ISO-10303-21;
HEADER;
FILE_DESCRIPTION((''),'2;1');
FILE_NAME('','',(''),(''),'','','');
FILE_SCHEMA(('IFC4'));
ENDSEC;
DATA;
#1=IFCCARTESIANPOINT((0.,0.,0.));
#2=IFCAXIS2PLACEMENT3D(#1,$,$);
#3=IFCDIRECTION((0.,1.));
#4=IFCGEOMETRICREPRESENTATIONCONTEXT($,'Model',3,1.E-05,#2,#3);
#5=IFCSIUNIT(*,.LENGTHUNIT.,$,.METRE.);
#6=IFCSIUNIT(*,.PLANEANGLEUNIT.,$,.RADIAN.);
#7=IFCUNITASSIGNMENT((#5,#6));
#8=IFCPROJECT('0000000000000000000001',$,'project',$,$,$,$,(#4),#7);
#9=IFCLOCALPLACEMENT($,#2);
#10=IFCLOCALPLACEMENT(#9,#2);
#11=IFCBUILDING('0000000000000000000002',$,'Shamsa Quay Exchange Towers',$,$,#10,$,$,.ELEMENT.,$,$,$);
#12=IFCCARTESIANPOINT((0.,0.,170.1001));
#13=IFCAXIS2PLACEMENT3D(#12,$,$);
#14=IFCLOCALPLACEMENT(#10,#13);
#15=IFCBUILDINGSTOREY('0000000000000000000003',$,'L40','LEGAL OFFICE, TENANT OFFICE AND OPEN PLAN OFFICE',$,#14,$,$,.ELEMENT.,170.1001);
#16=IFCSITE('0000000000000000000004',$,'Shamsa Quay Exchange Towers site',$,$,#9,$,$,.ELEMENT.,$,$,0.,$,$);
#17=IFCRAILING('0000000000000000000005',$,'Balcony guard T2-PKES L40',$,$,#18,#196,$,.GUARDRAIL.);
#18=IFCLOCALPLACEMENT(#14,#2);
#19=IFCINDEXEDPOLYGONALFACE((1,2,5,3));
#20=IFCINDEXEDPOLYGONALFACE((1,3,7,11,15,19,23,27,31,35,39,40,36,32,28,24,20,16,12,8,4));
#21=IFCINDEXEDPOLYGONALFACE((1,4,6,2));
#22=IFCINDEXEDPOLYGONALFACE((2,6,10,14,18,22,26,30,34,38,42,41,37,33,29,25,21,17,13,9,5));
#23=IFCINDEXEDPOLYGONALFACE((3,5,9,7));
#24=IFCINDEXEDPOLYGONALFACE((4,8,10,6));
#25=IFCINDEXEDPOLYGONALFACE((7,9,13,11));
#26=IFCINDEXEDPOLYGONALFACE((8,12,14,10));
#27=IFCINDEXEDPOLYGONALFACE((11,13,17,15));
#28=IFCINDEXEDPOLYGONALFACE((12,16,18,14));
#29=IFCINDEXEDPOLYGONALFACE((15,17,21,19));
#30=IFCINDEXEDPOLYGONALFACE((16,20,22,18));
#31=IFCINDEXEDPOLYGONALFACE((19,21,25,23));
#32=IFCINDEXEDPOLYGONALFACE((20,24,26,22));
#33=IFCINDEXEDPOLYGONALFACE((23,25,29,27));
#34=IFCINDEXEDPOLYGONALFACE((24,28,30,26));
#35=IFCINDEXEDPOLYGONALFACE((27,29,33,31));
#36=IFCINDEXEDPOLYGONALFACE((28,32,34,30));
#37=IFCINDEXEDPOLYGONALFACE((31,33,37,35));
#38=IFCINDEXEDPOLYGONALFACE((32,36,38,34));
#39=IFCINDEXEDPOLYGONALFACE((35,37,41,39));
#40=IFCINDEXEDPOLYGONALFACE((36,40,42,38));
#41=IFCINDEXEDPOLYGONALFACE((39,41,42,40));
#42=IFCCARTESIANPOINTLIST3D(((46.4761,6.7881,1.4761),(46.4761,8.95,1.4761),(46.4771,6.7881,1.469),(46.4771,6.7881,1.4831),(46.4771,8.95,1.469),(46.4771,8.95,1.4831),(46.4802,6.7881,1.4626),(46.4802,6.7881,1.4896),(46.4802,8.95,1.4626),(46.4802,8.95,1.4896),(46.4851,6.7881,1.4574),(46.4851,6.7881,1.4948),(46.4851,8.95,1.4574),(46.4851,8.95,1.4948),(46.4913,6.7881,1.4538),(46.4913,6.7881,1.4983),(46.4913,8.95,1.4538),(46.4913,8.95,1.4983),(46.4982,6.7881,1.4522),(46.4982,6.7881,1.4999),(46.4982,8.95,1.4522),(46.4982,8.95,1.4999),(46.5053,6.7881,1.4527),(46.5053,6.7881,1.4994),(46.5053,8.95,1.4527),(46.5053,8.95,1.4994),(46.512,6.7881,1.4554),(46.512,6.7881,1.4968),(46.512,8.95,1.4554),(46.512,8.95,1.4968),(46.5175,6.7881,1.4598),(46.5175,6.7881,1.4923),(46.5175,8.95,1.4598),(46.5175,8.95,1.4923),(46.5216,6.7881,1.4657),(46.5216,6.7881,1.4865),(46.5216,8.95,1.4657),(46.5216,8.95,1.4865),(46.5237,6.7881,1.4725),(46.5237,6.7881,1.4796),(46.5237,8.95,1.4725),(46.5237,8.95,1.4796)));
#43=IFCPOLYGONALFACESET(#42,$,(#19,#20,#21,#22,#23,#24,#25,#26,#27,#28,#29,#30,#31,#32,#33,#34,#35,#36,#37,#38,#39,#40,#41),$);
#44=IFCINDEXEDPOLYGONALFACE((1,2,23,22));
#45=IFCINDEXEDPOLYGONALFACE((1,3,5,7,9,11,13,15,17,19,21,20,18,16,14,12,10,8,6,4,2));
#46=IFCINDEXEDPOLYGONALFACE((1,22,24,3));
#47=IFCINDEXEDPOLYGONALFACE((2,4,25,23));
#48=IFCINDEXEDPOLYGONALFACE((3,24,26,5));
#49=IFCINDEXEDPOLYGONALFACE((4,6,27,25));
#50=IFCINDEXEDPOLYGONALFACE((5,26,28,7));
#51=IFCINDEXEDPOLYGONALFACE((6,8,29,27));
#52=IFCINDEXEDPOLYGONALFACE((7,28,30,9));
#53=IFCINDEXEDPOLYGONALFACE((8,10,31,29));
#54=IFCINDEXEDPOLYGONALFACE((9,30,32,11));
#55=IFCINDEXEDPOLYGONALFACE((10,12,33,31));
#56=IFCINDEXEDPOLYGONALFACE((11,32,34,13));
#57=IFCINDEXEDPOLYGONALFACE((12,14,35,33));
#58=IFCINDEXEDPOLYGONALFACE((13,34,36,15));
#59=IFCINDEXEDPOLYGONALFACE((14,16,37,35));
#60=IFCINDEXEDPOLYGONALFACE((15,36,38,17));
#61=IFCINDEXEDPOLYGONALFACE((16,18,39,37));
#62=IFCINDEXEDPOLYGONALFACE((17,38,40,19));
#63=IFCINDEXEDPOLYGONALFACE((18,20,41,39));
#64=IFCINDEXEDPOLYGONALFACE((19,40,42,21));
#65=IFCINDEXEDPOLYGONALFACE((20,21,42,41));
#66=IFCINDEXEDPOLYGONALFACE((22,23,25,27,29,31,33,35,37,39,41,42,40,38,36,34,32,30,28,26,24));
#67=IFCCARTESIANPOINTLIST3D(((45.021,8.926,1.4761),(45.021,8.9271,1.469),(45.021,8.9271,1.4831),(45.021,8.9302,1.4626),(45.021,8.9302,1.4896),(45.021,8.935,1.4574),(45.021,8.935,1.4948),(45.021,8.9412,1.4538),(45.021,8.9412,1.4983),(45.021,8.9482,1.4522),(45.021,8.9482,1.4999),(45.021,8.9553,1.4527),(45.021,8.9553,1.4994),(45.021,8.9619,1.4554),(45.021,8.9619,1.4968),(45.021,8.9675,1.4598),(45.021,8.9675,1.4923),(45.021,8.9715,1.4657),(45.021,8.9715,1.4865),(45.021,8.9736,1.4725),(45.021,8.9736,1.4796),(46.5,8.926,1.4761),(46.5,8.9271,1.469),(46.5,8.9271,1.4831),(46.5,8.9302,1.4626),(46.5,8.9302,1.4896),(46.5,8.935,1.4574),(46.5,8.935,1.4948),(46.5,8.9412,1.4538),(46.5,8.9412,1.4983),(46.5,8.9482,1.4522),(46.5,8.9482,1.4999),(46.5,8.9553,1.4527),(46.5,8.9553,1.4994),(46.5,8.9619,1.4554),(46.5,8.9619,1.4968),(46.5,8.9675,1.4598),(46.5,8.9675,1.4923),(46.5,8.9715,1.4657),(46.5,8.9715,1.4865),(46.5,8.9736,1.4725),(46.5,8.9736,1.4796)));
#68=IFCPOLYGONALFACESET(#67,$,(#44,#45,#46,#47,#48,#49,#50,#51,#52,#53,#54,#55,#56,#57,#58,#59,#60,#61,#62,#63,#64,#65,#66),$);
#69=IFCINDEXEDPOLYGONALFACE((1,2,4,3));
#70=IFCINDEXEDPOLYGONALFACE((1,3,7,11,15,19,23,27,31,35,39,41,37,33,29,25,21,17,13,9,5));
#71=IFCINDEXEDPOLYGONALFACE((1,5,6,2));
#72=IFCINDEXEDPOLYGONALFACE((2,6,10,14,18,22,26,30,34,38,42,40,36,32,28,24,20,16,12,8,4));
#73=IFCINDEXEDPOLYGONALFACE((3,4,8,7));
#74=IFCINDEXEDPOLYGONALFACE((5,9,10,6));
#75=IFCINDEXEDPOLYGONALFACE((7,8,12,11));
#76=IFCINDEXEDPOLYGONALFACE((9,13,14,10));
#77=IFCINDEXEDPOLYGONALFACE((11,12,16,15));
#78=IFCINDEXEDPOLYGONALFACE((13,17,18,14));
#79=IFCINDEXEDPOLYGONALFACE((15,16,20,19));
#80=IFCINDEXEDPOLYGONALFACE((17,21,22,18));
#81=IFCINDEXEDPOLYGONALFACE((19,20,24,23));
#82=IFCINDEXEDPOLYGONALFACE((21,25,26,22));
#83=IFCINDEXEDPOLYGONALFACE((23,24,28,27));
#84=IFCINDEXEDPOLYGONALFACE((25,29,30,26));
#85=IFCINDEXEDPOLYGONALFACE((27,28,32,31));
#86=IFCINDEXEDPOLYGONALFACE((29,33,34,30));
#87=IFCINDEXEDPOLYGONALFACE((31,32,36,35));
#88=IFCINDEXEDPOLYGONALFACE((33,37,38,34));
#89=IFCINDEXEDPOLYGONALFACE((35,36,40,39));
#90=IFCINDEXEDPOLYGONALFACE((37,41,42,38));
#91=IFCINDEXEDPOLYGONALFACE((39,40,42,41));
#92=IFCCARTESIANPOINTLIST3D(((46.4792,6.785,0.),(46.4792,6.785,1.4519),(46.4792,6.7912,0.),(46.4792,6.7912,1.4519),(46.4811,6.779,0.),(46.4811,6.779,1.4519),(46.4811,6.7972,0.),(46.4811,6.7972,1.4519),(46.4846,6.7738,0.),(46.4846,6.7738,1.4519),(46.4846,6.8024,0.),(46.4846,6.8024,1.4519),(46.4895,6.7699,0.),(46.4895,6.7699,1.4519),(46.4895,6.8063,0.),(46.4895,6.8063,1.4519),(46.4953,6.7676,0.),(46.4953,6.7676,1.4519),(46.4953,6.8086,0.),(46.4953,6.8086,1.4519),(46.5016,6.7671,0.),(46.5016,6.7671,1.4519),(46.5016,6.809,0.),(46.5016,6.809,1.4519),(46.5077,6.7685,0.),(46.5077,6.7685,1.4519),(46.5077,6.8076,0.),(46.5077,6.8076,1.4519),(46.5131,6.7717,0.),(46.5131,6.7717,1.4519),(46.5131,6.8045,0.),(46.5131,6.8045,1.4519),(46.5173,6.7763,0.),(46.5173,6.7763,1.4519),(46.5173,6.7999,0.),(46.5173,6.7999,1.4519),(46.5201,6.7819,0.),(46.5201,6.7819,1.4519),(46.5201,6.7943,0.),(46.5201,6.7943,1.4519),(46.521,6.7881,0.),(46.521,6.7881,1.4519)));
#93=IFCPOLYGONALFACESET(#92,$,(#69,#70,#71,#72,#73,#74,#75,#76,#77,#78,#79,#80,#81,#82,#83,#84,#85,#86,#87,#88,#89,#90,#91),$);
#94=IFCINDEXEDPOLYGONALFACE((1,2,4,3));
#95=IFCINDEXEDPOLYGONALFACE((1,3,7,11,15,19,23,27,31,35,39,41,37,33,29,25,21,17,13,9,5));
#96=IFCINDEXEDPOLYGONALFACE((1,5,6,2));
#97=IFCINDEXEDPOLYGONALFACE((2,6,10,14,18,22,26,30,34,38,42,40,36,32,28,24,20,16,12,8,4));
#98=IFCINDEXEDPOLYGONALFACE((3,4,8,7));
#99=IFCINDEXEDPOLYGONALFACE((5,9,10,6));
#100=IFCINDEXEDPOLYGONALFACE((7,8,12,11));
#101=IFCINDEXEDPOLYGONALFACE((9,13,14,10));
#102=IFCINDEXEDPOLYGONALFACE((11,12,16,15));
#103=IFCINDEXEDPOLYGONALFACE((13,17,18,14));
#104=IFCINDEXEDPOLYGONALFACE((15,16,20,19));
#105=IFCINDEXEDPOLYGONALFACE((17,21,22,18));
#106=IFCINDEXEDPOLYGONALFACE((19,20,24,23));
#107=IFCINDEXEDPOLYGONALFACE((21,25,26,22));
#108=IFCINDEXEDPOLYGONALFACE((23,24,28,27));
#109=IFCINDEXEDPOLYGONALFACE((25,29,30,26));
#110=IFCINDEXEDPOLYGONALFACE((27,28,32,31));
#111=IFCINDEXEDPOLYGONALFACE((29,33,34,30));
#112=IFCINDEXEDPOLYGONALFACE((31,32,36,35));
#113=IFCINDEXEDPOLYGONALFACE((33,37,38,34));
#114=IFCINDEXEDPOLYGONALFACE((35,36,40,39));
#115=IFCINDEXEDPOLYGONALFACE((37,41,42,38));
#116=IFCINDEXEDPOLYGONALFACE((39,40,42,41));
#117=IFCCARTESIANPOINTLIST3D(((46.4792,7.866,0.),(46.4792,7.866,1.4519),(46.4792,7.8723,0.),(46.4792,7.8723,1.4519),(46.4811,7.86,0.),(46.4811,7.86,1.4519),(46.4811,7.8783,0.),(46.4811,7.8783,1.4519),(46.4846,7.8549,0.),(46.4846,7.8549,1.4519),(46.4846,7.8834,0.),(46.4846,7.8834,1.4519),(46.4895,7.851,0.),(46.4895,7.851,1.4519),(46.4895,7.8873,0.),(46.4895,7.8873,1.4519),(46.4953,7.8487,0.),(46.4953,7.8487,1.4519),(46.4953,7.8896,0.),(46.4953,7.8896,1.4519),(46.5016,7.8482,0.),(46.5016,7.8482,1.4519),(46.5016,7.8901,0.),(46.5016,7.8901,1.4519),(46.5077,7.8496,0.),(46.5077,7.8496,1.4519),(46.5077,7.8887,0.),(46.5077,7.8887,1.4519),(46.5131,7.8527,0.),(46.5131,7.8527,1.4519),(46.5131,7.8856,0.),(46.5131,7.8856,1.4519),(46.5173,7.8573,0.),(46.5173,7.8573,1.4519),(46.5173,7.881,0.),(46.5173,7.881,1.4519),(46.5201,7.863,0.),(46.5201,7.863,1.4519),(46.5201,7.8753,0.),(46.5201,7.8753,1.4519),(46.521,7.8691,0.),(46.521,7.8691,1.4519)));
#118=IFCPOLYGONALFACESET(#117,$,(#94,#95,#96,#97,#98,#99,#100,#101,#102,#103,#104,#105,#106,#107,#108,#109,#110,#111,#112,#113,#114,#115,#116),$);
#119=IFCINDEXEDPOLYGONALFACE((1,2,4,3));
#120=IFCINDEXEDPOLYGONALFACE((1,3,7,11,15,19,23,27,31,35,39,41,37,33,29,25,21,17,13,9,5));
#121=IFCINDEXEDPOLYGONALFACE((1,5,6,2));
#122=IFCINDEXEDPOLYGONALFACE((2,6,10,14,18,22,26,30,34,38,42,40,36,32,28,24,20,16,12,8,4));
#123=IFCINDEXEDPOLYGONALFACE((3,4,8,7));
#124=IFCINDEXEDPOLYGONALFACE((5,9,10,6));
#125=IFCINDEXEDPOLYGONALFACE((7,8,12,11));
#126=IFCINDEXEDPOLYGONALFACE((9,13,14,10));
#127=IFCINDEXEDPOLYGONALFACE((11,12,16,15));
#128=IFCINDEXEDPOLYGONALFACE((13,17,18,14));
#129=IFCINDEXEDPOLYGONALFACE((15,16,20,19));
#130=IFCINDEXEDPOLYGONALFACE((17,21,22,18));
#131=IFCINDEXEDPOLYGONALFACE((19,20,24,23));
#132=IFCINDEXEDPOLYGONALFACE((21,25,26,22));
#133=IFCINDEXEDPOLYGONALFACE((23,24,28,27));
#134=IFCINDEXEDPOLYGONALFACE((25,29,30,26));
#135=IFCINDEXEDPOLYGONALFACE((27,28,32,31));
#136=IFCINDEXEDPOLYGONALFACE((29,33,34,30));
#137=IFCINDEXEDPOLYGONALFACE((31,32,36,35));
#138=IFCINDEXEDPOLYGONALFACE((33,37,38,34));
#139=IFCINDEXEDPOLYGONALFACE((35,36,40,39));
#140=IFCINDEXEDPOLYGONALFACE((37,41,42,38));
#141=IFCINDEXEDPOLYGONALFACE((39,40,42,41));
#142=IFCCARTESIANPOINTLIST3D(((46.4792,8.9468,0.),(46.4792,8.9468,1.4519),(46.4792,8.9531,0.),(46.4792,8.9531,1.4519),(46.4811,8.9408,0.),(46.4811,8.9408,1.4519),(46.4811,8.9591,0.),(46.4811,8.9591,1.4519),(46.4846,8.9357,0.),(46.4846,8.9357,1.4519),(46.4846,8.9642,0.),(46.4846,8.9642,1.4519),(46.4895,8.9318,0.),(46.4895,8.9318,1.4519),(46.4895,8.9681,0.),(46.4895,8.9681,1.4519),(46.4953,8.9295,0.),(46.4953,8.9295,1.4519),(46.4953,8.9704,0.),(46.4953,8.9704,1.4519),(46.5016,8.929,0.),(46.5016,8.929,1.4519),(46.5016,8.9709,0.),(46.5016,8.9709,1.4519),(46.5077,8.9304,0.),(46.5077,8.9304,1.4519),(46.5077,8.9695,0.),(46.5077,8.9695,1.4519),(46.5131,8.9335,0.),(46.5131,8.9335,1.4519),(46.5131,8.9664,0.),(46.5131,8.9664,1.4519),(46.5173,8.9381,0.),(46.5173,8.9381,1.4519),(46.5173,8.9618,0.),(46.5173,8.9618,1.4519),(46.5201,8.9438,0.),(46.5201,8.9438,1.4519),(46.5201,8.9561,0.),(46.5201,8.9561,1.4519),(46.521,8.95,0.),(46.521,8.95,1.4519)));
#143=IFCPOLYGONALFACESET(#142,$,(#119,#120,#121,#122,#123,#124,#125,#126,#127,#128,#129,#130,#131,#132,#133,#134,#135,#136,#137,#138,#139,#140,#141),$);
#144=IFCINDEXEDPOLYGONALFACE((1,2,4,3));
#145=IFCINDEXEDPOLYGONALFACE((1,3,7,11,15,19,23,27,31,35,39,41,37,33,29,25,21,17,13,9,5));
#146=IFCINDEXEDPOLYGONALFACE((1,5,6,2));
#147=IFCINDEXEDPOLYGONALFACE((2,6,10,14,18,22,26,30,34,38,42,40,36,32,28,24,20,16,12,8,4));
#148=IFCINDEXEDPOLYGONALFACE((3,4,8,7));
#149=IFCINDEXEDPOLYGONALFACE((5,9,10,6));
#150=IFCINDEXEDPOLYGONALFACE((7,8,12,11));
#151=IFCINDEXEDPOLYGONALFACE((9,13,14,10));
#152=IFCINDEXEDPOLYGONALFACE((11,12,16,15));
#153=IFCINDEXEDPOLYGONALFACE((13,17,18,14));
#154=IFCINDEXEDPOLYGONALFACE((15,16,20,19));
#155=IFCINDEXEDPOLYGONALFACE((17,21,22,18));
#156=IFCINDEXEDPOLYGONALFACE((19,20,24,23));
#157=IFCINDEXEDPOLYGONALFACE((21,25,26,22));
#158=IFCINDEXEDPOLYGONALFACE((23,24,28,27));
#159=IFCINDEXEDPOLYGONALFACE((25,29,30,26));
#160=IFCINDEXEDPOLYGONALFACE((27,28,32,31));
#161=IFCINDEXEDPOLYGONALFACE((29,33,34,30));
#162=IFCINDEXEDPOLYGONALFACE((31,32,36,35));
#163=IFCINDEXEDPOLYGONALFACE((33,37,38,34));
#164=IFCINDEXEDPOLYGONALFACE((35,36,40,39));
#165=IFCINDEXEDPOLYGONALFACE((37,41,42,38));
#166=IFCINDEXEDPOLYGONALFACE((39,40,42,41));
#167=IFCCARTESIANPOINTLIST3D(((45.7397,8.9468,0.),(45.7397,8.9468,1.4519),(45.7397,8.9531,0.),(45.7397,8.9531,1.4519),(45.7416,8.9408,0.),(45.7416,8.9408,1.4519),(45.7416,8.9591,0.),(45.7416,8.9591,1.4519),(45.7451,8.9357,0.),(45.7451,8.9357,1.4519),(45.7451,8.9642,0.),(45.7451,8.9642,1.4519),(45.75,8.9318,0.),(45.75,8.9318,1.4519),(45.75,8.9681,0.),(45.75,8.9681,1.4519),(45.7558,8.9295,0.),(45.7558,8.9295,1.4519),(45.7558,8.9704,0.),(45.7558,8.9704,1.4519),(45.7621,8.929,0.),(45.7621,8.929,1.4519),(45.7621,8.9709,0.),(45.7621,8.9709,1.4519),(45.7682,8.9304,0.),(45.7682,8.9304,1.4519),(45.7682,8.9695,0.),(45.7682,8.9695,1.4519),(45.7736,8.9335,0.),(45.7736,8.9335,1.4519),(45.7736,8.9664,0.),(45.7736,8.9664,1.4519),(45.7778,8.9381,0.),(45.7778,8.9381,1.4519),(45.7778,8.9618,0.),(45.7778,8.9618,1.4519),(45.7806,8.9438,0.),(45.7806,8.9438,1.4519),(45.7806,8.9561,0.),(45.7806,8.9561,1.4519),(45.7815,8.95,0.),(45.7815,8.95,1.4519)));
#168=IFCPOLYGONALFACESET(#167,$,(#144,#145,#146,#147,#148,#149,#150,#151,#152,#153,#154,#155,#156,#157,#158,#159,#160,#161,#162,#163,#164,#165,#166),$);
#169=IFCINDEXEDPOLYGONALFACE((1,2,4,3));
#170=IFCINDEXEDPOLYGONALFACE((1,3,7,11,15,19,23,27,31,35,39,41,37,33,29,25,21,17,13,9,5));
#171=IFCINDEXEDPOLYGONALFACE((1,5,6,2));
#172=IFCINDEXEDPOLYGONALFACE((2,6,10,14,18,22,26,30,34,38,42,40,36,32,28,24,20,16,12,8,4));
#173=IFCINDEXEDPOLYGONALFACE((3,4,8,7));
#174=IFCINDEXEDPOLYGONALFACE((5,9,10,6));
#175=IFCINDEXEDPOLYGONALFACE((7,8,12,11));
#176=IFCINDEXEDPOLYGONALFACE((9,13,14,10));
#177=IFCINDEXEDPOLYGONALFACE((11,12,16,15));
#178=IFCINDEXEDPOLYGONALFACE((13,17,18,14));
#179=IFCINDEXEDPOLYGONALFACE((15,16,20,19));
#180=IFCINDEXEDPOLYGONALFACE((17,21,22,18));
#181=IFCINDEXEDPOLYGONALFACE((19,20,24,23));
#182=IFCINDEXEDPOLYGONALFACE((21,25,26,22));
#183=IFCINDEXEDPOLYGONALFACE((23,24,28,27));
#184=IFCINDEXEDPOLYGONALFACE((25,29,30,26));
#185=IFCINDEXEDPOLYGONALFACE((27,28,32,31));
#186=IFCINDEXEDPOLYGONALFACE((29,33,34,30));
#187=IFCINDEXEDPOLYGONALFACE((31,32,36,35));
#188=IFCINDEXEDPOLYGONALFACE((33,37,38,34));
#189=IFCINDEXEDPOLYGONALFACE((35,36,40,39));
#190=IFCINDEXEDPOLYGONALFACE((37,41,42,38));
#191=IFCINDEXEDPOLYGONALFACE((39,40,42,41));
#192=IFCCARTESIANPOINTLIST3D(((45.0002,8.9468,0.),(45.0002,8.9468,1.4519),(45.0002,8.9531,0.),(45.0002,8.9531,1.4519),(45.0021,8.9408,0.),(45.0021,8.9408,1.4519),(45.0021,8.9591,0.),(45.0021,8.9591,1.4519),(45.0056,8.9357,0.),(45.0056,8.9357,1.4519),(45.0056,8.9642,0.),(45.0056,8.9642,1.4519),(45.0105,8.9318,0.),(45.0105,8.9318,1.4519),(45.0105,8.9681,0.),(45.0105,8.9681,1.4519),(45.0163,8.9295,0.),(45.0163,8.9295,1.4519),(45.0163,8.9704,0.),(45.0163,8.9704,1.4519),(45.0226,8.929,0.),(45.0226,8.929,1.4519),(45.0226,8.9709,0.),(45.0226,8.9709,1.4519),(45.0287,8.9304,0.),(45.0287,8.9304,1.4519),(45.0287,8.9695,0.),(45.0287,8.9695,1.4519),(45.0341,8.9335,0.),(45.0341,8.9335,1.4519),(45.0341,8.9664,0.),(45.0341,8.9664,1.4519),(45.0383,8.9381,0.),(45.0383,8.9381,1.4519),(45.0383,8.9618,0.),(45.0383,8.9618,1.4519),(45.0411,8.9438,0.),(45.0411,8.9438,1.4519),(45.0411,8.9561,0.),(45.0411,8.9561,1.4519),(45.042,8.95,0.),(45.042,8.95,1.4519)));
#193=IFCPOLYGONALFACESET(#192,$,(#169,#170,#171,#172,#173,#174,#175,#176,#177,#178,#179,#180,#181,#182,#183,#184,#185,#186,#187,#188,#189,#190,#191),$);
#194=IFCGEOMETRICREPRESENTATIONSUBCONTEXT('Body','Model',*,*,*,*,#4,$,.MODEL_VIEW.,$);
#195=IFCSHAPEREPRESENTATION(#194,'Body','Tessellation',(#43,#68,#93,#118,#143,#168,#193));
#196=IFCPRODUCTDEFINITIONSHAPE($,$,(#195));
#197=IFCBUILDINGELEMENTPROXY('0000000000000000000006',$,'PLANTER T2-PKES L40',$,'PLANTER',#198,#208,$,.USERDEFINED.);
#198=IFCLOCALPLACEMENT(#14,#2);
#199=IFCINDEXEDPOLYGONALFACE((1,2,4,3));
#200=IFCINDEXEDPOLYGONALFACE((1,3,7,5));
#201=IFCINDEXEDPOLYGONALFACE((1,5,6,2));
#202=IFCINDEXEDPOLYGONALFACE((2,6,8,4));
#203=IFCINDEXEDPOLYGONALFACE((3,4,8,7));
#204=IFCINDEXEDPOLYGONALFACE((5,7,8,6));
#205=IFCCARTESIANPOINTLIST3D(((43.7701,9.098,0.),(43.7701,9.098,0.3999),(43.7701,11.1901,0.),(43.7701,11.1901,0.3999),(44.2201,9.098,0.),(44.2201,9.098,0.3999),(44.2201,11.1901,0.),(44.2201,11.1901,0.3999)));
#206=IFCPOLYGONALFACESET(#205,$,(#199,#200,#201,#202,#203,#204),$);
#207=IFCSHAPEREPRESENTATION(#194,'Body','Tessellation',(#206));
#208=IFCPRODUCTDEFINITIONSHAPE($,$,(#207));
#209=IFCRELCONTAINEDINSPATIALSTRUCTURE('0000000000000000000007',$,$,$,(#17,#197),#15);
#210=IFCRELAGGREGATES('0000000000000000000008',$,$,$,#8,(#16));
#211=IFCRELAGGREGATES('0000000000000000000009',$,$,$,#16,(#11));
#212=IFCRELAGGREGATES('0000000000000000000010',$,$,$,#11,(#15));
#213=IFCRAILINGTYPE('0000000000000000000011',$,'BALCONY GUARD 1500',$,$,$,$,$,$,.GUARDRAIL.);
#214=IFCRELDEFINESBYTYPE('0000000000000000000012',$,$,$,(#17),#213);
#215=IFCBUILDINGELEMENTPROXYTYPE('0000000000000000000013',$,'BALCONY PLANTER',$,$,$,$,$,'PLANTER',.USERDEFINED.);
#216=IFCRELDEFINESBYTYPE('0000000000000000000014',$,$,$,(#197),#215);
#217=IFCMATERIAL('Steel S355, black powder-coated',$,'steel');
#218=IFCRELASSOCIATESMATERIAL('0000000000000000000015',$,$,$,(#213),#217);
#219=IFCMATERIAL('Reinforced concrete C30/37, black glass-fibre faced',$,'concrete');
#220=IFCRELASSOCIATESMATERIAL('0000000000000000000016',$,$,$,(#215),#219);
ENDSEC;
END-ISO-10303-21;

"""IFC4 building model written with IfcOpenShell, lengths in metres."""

from ifc_helpers import new_model, si_unit, direction, frame, origin, origin_2d, place, context, subcontext, project, spatial, rectangle, circle, extrude, material, type_object, element, save


model = new_model("IFC4")

# Units and contexts
model_context = context("Model", 3, precision=1e-05, world=origin(), true_north=direction((0.0, 1.0)))
body_context = subcontext(model_context, "Body", "Model", "MODEL_VIEW")
ifc_project = project(units=[si_unit("LENGTHUNIT", "METRE"), si_unit("PLANEANGLEUNIT", "RADIAN")], contexts=[model_context])

# Site, building, storey
site_placement = place(None, origin())
site = spatial("IfcSite", under=ifc_project, at=site_placement, Name="Shamsa Quay Exchange Towers site", CompositionType="ELEMENT", RefElevation=0.0)
building_placement = place(site_placement, origin())
building = spatial("IfcBuilding", under=site, at=building_placement, Name="Shamsa Quay Exchange Towers", CompositionType="ELEMENT")
storey_placement = place(building_placement, frame((0.0, 0.0, 170.1001)))
storey = spatial("IfcBuildingStorey", under=building, at=storey_placement, Name="L40", Description="LEGAL OFFICE, TENANT OFFICE AND OPEN PLAN OFFICE", CompositionType="ELEMENT", Elevation=170.1001)

# Railing
ifc_material_1 = material(Name="Steel S355, black powder-coated", Category="steel")
railing_type_1 = type_object("IfcRailingType", Name="BALCONY GUARD 1500", PredefinedType="GUARDRAIL", material=ifc_material_1)
for number, where, name in (
    (1, (46.5, 6.7881, 0.0), "Balcony guard T2-PKES L40"),
):
    element("IfcRailing", number, at=place(storey_placement, frame(where)), inside=storey, type_object=railing_type_1, Name=name, PredefinedType="GUARDRAIL", context=body_context, shape_type="SweptSolid", body=[
        extrude(circle(Radius=0.0239, at=origin_2d()), frame((0.0, 0.0, 1.4761), z_axis=(0.0, 1.0, 0.0), x_axis=(-1.0, 0.0, 0.0)), (0.0, 0.0, 1.0), 2.1619),
        extrude(circle(Radius=0.0239, at=origin_2d()), frame((0.0, 2.1619, 1.4761), z_axis=(-1.0, 0.0, 0.0), x_axis=(0.0, -1.0, 0.0)), (0.0, 0.0, 1.0), 1.479),
        extrude(circle(Radius=0.021, at=origin_2d()), origin(), (0.0, 0.0, 1.0), 1.4519),
        extrude(circle(Radius=0.021, at=origin_2d()), frame((0.0, 1.0811, 0.0)), (0.0, 0.0, 1.0), 1.4519),
        extrude(circle(Radius=0.021, at=origin_2d()), frame((0.0, 2.1619, 0.0)), (0.0, 0.0, 1.0), 1.4519),
        extrude(circle(Radius=0.021, at=origin_2d()), frame((-0.7395, 2.1619, 0.0)), (0.0, 0.0, 1.0), 1.4519),
        extrude(circle(Radius=0.021, at=origin_2d()), frame((-1.479, 2.1619, 0.0)), (0.0, 0.0, 1.0), 1.4519),
    ])

# Building element proxy
ifc_material_2 = material(Name="Reinforced concrete C30/37, black glass-fibre faced", Category="concrete")
building_element_proxy_type = type_object("IfcBuildingElementProxyType", Name="BALCONY PLANTER", ElementType="PLANTER", PredefinedType="USERDEFINED", material=ifc_material_2)
for number, where, z_axis, x_axis, name in (
    (2, (43.9951, 10.144, 0.0), (0.0, 0.0, 1.0), (0.0, 1.0, 0.0), "PLANTER T2-PKES L40"),
):
    element("IfcBuildingElementProxy", number, at=place(storey_placement, frame(where, z_axis=z_axis, x_axis=x_axis)), inside=storey, type_object=building_element_proxy_type, Name=name, ObjectType="PLANTER", PredefinedType="USERDEFINED", context=body_context, shape_type="SweptSolid", body=[
        extrude(rectangle(XDim=2.092, YDim=0.45, at=origin_2d()), origin(), (0.0, 0.0, 1.0), 0.3999),
    ])

save(model, "model.ifc")
